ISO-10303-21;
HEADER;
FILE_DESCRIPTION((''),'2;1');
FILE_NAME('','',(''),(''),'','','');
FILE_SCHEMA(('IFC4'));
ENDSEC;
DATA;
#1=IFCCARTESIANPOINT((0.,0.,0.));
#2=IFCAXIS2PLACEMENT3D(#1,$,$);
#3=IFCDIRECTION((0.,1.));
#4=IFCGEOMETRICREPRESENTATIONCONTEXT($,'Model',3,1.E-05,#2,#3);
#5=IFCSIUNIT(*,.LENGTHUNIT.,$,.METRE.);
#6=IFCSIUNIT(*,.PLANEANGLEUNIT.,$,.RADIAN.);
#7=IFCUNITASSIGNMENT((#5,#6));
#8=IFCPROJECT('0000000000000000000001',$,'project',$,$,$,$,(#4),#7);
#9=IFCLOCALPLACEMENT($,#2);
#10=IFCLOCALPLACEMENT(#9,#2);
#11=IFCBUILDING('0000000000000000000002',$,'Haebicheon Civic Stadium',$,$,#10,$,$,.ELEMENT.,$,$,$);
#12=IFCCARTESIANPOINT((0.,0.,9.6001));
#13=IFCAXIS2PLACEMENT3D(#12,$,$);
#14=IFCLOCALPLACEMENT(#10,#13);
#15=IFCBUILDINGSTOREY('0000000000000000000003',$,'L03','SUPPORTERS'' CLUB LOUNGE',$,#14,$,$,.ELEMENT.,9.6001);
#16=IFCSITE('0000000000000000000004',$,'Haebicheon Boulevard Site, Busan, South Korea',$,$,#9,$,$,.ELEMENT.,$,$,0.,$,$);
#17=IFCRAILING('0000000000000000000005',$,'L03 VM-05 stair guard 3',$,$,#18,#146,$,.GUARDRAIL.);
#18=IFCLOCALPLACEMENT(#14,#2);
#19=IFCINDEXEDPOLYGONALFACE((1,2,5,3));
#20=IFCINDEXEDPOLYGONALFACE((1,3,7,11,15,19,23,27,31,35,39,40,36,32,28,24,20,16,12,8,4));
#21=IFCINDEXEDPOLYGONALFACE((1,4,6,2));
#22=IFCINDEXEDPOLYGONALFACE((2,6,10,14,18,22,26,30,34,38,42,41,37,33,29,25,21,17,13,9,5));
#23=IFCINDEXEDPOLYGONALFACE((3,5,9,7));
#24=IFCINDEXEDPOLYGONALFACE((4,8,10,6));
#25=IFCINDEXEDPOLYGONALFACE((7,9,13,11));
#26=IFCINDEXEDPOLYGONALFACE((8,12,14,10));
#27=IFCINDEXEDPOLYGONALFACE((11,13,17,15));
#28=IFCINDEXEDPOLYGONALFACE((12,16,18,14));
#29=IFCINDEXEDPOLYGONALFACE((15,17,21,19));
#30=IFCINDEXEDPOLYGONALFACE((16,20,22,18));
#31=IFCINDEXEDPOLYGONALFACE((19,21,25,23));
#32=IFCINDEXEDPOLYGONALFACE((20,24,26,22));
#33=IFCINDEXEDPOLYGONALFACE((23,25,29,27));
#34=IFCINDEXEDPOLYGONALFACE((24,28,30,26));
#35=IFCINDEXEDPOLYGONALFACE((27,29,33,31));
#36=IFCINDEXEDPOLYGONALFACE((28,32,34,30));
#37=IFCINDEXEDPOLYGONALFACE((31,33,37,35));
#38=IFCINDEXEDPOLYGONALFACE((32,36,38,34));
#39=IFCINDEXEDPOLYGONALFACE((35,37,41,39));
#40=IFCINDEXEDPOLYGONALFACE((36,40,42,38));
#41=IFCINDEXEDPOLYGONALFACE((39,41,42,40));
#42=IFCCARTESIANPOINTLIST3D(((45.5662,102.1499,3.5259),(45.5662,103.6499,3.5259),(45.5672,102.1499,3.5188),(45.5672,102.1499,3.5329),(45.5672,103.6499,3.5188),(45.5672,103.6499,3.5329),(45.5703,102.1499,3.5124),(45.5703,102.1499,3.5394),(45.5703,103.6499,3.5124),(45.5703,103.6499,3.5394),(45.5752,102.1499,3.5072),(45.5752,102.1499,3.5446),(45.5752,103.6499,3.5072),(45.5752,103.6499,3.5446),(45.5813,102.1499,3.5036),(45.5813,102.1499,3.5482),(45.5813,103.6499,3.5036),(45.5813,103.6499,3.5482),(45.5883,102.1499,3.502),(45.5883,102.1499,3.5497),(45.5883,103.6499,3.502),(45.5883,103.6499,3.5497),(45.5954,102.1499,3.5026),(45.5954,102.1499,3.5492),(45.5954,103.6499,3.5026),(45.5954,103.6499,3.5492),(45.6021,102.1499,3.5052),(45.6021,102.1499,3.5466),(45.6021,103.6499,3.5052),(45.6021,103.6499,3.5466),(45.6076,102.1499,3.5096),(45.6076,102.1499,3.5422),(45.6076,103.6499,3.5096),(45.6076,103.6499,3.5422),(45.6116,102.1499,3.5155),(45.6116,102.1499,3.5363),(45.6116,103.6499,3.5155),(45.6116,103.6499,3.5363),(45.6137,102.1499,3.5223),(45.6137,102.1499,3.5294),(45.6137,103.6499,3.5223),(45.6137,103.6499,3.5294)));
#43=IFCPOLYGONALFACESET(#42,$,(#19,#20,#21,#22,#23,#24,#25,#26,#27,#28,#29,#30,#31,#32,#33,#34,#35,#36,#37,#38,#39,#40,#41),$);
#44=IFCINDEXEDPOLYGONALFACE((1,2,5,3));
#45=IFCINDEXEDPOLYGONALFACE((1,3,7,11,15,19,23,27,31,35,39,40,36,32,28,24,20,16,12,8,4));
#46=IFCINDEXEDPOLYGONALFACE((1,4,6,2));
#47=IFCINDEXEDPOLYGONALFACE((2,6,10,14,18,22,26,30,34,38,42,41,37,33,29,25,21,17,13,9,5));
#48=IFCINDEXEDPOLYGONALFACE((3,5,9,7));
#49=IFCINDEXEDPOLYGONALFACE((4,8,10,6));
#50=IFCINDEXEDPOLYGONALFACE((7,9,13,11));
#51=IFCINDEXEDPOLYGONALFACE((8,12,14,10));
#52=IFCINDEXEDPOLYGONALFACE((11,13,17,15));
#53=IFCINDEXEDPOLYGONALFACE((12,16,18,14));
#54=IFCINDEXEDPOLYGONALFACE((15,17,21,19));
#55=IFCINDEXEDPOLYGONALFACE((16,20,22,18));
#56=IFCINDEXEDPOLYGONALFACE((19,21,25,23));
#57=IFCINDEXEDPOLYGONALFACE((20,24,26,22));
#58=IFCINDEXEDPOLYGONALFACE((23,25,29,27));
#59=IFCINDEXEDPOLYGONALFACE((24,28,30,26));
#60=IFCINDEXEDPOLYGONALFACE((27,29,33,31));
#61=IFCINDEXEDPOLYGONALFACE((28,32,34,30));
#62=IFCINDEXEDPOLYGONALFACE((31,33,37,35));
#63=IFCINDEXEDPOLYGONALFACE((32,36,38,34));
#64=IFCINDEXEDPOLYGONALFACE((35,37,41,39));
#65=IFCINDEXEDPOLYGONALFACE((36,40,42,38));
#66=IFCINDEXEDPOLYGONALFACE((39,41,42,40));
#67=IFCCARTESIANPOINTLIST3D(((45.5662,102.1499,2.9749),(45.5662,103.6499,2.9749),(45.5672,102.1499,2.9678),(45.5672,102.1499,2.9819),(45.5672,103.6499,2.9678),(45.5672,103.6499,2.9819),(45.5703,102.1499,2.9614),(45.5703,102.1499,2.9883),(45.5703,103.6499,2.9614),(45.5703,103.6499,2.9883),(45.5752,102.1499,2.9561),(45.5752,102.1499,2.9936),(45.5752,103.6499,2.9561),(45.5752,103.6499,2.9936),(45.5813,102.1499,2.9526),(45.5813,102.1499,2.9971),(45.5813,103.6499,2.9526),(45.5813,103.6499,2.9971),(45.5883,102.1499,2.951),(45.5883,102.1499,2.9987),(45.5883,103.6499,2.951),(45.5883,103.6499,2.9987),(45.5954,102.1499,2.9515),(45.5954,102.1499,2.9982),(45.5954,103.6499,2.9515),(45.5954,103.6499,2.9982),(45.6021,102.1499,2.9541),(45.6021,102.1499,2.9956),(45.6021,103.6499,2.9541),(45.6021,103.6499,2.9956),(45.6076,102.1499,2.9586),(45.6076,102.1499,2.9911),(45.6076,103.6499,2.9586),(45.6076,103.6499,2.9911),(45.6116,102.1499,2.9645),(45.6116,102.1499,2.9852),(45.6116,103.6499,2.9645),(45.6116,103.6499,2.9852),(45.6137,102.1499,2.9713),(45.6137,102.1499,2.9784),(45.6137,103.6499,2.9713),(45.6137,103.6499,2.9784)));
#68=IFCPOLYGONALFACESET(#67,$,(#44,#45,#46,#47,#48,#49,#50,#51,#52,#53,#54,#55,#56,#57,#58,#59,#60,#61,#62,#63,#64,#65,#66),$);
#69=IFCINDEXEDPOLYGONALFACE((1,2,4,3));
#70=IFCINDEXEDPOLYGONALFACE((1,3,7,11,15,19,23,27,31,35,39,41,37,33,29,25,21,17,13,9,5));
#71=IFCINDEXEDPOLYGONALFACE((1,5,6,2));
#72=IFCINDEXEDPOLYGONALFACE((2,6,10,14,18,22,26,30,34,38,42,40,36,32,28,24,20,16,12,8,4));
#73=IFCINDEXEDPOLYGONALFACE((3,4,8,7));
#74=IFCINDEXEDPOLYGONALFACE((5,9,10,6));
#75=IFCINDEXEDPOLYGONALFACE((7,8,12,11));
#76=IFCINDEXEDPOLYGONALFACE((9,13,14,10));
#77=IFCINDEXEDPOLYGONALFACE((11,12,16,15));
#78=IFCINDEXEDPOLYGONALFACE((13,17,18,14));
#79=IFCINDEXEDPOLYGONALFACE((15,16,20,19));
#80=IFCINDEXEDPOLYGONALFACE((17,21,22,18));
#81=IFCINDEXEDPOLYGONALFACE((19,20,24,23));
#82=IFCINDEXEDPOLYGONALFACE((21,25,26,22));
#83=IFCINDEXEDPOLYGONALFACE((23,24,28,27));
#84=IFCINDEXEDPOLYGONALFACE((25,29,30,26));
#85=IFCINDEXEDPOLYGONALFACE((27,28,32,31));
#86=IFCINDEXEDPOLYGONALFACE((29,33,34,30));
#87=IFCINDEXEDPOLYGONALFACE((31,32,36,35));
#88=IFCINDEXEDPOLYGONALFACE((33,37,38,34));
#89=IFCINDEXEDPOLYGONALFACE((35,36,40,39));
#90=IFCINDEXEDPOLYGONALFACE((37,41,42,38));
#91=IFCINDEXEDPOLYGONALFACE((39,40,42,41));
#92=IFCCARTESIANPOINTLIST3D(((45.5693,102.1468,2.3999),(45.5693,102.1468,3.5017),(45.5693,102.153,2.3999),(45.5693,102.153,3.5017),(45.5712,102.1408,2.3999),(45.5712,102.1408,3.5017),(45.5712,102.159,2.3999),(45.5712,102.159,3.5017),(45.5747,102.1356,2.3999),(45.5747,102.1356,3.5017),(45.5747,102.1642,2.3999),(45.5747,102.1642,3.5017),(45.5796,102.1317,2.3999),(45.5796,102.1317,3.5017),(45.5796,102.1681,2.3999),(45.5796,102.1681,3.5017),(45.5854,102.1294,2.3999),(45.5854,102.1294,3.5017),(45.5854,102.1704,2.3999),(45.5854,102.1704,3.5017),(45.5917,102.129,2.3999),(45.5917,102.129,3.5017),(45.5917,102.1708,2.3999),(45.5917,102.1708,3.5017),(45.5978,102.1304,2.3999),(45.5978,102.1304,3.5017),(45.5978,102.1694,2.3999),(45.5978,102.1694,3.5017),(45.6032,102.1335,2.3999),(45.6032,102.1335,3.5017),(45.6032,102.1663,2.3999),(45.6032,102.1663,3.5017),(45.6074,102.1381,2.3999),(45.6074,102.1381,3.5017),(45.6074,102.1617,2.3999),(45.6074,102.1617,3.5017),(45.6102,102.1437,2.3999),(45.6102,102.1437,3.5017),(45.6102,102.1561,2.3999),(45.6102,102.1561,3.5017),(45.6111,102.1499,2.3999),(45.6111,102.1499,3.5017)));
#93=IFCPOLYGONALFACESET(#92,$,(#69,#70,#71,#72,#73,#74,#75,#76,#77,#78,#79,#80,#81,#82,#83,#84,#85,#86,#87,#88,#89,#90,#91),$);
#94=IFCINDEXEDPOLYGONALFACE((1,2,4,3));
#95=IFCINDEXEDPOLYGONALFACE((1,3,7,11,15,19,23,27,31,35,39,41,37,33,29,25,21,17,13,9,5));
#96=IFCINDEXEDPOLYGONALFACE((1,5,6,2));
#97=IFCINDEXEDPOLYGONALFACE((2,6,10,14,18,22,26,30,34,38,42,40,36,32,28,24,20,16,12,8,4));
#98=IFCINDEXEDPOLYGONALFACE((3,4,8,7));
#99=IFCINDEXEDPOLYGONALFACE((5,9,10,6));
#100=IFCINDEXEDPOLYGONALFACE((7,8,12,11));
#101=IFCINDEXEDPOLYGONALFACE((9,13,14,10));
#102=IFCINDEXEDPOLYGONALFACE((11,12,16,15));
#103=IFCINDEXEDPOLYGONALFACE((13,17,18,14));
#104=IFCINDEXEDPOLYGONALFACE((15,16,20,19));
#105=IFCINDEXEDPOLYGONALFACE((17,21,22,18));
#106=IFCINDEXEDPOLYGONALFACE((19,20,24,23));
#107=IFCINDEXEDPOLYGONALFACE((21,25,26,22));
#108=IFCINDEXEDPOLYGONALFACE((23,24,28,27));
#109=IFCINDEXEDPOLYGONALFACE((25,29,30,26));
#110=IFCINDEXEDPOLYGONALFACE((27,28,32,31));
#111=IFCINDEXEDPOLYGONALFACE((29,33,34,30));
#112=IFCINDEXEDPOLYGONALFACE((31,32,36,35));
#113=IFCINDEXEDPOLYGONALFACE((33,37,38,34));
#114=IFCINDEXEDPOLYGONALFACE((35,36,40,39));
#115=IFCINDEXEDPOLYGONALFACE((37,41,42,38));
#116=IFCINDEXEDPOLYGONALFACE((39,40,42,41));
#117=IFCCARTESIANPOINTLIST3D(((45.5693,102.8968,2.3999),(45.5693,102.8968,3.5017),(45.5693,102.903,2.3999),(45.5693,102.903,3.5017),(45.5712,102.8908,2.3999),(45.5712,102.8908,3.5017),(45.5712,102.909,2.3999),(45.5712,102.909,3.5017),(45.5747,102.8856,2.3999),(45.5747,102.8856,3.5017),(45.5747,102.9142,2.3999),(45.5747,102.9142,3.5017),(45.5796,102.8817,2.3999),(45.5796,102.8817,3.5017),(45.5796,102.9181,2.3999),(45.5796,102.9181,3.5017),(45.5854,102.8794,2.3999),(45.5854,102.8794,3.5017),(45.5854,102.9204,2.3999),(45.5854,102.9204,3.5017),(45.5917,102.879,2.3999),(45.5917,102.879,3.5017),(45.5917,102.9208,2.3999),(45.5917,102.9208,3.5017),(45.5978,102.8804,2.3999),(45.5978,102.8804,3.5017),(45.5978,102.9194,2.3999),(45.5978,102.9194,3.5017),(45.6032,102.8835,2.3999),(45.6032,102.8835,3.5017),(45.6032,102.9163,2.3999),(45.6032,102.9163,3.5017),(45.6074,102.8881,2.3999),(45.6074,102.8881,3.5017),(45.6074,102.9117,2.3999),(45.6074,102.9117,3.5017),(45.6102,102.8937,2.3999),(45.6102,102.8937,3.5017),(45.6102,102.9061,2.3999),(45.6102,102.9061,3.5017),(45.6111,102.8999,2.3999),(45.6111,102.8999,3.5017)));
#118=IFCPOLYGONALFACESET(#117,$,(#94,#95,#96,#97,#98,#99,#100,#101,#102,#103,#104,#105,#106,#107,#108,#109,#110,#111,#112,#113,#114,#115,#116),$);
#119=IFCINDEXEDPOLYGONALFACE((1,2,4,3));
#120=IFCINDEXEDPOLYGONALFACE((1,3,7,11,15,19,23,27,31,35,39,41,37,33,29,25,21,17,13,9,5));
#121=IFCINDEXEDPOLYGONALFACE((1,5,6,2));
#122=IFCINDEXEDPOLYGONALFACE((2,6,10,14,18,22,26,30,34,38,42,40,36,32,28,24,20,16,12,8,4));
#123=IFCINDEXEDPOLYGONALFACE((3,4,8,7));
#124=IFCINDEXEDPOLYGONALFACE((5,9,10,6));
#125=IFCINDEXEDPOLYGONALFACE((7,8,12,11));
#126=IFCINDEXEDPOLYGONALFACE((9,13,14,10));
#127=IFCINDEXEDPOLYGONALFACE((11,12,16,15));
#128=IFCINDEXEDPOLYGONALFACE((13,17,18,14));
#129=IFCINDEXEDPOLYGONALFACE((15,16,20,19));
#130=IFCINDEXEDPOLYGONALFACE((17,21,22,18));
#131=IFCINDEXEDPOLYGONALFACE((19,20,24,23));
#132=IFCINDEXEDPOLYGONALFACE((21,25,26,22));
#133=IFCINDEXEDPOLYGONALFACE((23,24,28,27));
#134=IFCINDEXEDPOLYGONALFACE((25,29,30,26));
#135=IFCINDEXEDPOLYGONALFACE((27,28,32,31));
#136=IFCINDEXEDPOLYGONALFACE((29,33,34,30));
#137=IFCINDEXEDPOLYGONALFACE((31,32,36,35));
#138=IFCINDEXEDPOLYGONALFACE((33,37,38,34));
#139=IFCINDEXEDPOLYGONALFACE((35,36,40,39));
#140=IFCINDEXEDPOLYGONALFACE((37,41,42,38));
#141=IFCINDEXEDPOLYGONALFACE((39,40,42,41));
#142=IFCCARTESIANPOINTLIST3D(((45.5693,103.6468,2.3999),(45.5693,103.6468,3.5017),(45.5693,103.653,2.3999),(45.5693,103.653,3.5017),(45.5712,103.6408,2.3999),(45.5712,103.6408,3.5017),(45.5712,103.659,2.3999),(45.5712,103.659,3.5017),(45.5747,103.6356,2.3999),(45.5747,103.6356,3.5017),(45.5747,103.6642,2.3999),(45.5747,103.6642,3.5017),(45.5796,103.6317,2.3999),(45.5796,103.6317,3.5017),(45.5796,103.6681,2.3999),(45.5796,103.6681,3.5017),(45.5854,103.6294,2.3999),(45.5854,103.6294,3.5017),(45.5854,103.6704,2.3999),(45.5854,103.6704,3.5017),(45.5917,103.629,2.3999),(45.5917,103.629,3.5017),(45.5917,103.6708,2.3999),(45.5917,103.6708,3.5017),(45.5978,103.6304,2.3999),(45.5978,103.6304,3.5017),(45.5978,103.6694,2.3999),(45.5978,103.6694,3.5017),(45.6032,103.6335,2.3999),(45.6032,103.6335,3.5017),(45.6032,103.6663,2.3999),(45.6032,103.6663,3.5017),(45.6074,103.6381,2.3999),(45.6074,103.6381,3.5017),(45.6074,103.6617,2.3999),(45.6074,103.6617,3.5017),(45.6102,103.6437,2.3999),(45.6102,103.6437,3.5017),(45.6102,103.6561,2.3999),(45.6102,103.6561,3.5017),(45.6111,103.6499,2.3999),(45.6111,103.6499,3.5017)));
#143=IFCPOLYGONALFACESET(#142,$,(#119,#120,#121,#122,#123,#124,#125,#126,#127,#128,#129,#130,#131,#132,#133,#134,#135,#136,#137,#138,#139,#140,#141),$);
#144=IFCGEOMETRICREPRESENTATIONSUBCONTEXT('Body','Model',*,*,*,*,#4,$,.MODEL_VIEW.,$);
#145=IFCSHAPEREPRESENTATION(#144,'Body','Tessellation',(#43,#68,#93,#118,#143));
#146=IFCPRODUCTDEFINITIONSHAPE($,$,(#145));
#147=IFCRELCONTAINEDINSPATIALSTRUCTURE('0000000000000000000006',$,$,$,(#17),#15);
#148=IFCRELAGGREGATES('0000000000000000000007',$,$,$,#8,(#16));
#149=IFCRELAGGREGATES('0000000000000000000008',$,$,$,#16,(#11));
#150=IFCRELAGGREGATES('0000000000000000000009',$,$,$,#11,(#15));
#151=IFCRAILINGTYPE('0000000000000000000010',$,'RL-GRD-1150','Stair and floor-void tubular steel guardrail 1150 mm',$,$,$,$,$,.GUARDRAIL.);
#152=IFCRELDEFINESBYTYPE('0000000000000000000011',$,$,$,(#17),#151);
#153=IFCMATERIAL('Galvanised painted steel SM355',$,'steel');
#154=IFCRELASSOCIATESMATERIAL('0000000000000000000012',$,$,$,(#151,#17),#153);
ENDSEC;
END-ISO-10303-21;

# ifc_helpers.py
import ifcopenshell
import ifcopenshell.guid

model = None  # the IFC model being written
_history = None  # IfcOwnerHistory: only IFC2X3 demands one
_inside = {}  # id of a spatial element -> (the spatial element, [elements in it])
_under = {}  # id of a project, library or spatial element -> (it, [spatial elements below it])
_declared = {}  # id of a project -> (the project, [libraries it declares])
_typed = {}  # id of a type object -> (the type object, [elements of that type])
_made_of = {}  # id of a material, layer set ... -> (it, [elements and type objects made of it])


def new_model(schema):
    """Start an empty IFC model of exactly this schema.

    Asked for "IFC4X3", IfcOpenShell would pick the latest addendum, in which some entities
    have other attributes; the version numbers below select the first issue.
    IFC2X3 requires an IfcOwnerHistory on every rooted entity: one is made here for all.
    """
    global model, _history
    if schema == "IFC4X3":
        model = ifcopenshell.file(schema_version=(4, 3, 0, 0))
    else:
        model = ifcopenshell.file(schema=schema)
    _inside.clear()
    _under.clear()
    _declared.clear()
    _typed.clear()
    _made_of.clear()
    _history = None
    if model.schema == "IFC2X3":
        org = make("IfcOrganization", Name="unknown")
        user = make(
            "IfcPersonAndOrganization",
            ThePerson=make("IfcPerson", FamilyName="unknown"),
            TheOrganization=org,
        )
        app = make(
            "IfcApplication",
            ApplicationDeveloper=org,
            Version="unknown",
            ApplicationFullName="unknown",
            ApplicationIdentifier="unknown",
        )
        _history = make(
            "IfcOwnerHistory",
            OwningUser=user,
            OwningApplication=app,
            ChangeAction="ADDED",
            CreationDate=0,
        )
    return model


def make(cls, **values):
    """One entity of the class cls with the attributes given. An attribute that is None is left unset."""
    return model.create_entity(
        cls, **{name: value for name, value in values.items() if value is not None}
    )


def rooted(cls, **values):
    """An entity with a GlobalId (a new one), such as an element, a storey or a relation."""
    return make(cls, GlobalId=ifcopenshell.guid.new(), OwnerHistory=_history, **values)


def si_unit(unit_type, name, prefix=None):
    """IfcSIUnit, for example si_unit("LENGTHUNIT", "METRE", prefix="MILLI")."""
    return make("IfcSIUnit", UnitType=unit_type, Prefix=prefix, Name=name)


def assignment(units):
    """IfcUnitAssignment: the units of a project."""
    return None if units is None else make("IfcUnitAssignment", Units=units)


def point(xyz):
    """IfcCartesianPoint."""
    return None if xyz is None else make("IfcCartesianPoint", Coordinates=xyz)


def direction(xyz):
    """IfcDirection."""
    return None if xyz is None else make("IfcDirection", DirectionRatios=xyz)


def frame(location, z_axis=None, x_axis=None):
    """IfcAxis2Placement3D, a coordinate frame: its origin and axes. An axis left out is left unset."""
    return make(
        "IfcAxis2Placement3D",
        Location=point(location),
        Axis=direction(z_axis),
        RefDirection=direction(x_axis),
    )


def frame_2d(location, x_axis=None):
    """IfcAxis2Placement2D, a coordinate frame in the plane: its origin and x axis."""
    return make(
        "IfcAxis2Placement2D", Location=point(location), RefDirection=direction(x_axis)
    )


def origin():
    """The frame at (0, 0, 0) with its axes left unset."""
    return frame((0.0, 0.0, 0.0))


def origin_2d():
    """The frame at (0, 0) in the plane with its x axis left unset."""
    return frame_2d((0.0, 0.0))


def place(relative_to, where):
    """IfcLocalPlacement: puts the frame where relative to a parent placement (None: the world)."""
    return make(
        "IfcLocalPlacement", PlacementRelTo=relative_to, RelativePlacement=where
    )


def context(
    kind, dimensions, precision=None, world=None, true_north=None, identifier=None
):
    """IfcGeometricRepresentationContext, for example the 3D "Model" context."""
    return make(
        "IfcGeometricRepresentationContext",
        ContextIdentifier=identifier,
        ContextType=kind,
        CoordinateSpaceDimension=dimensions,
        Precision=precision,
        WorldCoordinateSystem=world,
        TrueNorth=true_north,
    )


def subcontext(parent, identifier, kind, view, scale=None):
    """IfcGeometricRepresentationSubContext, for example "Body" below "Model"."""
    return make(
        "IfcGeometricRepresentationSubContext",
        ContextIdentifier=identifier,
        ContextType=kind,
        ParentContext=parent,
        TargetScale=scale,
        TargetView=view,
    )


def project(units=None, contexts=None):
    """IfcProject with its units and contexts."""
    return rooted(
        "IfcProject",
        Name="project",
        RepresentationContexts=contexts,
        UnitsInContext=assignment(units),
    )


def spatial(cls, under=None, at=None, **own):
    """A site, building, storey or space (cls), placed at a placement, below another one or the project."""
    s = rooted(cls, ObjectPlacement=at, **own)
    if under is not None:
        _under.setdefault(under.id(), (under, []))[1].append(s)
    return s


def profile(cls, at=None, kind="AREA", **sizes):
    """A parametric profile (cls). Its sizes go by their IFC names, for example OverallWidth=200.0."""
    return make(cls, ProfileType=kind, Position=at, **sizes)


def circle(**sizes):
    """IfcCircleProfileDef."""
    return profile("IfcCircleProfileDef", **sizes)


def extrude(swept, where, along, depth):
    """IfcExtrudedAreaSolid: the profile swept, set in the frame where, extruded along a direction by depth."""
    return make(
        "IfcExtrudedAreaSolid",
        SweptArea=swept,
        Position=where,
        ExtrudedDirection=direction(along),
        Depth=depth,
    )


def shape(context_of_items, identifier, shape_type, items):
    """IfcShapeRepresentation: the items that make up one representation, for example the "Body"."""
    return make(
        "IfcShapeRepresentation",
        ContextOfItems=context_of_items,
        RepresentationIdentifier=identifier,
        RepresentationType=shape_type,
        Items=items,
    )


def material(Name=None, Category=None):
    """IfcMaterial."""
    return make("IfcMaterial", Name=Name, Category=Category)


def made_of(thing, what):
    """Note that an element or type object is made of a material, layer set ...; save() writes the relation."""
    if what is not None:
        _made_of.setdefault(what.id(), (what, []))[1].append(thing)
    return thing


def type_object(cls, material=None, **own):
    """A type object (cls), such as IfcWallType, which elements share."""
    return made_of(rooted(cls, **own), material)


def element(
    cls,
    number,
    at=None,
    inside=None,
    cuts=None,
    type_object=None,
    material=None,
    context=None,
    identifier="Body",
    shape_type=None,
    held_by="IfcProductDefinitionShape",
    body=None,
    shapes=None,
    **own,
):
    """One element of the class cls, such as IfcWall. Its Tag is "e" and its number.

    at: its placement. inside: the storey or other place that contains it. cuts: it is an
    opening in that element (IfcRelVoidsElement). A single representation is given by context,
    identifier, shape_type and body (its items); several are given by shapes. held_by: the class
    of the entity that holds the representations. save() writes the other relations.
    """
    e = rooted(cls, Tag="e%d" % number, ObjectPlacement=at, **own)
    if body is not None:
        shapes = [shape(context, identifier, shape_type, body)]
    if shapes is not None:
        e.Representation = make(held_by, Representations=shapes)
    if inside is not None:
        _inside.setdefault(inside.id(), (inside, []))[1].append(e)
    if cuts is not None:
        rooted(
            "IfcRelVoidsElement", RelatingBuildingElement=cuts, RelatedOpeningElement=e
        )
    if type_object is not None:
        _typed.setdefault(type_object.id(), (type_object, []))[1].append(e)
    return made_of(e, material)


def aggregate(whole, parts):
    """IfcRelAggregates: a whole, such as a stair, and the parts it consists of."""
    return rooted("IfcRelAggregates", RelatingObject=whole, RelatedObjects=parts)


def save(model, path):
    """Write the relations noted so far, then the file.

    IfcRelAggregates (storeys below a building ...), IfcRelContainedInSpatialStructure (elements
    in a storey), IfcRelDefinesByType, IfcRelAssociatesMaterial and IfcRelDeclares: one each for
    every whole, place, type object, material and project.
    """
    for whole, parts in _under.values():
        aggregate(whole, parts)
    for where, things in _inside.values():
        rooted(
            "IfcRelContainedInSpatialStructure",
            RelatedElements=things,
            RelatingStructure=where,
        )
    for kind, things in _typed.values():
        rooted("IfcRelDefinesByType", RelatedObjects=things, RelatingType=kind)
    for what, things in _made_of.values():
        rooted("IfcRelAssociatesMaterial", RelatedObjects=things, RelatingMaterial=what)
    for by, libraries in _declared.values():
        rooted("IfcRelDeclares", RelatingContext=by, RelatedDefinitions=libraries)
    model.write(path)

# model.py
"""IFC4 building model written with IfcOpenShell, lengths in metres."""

from ifc_helpers import new_model, si_unit, direction, frame, origin, origin_2d, place, context, subcontext, project, spatial, circle, extrude, material, type_object, element, save


model = new_model("IFC4")

# Units and contexts
model_context = context("Model", 3, precision=1e-05, world=origin(), true_north=direction((0.0, 1.0)))
body_context = subcontext(model_context, "Body", "Model", "MODEL_VIEW")
ifc_project = project(units=[si_unit("LENGTHUNIT", "METRE"), si_unit("PLANEANGLEUNIT", "RADIAN")], contexts=[model_context])

# Site, building, storey
site_placement = place(None, origin())
site = spatial("IfcSite", under=ifc_project, at=site_placement, Name="Haebicheon Boulevard Site, Busan, South Korea", CompositionType="ELEMENT", RefElevation=0.0)
building_placement = place(site_placement, origin())
building = spatial("IfcBuilding", under=site, at=building_placement, Name="Haebicheon Civic Stadium", CompositionType="ELEMENT")
storey_placement = place(building_placement, frame((0.0, 0.0, 9.6001)))
storey = spatial("IfcBuildingStorey", under=building, at=storey_placement, Name="L03", Description="SUPPORTERS' CLUB LOUNGE", CompositionType="ELEMENT", Elevation=9.6001)

# Railing
ifc_material_1 = material(Name="Galvanised painted steel SM355", Category="steel")
railing_type_1 = type_object("IfcRailingType", Name="RL-GRD-1150", Description="Stair and floor-void tubular steel guardrail 1150 mm", PredefinedType="GUARDRAIL", material=ifc_material_1)
for number, where, name in (
    (1, (45.5901, 102.1499, 2.3999), "L03 VM-05 stair guard 3"),
):
    element("IfcRailing", number, at=place(storey_placement, frame(where)), inside=storey, type_object=railing_type_1, material=ifc_material_1, Name=name, PredefinedType="GUARDRAIL", context=body_context, shape_type="SweptSolid", body=[
        extrude(circle(Radius=0.0239, at=origin_2d()), frame((0.0, 0.0, 1.126), z_axis=(0.0, 1.0, 0.0), x_axis=(-1.0, 0.0, 0.0)), (0.0, 0.0, 1.0), 1.5),
        extrude(circle(Radius=0.0239, at=origin_2d()), frame((0.0, 0.0, 0.575), z_axis=(0.0, 1.0, 0.0), x_axis=(-1.0, 0.0, 0.0)), (0.0, 0.0, 1.0), 1.5),
        extrude(circle(Radius=0.021, at=origin_2d()), origin(), (0.0, 0.0, 1.0), 1.1018),
        extrude(circle(Radius=0.021, at=origin_2d()), frame((0.0, 0.75, 0.0)), (0.0, 0.0, 1.0), 1.1018),
        extrude(circle(Radius=0.021, at=origin_2d()), frame((0.0, 1.5, 0.0)), (0.0, 0.0, 1.0), 1.1018),
    ])

save(model, "model.ifc")
